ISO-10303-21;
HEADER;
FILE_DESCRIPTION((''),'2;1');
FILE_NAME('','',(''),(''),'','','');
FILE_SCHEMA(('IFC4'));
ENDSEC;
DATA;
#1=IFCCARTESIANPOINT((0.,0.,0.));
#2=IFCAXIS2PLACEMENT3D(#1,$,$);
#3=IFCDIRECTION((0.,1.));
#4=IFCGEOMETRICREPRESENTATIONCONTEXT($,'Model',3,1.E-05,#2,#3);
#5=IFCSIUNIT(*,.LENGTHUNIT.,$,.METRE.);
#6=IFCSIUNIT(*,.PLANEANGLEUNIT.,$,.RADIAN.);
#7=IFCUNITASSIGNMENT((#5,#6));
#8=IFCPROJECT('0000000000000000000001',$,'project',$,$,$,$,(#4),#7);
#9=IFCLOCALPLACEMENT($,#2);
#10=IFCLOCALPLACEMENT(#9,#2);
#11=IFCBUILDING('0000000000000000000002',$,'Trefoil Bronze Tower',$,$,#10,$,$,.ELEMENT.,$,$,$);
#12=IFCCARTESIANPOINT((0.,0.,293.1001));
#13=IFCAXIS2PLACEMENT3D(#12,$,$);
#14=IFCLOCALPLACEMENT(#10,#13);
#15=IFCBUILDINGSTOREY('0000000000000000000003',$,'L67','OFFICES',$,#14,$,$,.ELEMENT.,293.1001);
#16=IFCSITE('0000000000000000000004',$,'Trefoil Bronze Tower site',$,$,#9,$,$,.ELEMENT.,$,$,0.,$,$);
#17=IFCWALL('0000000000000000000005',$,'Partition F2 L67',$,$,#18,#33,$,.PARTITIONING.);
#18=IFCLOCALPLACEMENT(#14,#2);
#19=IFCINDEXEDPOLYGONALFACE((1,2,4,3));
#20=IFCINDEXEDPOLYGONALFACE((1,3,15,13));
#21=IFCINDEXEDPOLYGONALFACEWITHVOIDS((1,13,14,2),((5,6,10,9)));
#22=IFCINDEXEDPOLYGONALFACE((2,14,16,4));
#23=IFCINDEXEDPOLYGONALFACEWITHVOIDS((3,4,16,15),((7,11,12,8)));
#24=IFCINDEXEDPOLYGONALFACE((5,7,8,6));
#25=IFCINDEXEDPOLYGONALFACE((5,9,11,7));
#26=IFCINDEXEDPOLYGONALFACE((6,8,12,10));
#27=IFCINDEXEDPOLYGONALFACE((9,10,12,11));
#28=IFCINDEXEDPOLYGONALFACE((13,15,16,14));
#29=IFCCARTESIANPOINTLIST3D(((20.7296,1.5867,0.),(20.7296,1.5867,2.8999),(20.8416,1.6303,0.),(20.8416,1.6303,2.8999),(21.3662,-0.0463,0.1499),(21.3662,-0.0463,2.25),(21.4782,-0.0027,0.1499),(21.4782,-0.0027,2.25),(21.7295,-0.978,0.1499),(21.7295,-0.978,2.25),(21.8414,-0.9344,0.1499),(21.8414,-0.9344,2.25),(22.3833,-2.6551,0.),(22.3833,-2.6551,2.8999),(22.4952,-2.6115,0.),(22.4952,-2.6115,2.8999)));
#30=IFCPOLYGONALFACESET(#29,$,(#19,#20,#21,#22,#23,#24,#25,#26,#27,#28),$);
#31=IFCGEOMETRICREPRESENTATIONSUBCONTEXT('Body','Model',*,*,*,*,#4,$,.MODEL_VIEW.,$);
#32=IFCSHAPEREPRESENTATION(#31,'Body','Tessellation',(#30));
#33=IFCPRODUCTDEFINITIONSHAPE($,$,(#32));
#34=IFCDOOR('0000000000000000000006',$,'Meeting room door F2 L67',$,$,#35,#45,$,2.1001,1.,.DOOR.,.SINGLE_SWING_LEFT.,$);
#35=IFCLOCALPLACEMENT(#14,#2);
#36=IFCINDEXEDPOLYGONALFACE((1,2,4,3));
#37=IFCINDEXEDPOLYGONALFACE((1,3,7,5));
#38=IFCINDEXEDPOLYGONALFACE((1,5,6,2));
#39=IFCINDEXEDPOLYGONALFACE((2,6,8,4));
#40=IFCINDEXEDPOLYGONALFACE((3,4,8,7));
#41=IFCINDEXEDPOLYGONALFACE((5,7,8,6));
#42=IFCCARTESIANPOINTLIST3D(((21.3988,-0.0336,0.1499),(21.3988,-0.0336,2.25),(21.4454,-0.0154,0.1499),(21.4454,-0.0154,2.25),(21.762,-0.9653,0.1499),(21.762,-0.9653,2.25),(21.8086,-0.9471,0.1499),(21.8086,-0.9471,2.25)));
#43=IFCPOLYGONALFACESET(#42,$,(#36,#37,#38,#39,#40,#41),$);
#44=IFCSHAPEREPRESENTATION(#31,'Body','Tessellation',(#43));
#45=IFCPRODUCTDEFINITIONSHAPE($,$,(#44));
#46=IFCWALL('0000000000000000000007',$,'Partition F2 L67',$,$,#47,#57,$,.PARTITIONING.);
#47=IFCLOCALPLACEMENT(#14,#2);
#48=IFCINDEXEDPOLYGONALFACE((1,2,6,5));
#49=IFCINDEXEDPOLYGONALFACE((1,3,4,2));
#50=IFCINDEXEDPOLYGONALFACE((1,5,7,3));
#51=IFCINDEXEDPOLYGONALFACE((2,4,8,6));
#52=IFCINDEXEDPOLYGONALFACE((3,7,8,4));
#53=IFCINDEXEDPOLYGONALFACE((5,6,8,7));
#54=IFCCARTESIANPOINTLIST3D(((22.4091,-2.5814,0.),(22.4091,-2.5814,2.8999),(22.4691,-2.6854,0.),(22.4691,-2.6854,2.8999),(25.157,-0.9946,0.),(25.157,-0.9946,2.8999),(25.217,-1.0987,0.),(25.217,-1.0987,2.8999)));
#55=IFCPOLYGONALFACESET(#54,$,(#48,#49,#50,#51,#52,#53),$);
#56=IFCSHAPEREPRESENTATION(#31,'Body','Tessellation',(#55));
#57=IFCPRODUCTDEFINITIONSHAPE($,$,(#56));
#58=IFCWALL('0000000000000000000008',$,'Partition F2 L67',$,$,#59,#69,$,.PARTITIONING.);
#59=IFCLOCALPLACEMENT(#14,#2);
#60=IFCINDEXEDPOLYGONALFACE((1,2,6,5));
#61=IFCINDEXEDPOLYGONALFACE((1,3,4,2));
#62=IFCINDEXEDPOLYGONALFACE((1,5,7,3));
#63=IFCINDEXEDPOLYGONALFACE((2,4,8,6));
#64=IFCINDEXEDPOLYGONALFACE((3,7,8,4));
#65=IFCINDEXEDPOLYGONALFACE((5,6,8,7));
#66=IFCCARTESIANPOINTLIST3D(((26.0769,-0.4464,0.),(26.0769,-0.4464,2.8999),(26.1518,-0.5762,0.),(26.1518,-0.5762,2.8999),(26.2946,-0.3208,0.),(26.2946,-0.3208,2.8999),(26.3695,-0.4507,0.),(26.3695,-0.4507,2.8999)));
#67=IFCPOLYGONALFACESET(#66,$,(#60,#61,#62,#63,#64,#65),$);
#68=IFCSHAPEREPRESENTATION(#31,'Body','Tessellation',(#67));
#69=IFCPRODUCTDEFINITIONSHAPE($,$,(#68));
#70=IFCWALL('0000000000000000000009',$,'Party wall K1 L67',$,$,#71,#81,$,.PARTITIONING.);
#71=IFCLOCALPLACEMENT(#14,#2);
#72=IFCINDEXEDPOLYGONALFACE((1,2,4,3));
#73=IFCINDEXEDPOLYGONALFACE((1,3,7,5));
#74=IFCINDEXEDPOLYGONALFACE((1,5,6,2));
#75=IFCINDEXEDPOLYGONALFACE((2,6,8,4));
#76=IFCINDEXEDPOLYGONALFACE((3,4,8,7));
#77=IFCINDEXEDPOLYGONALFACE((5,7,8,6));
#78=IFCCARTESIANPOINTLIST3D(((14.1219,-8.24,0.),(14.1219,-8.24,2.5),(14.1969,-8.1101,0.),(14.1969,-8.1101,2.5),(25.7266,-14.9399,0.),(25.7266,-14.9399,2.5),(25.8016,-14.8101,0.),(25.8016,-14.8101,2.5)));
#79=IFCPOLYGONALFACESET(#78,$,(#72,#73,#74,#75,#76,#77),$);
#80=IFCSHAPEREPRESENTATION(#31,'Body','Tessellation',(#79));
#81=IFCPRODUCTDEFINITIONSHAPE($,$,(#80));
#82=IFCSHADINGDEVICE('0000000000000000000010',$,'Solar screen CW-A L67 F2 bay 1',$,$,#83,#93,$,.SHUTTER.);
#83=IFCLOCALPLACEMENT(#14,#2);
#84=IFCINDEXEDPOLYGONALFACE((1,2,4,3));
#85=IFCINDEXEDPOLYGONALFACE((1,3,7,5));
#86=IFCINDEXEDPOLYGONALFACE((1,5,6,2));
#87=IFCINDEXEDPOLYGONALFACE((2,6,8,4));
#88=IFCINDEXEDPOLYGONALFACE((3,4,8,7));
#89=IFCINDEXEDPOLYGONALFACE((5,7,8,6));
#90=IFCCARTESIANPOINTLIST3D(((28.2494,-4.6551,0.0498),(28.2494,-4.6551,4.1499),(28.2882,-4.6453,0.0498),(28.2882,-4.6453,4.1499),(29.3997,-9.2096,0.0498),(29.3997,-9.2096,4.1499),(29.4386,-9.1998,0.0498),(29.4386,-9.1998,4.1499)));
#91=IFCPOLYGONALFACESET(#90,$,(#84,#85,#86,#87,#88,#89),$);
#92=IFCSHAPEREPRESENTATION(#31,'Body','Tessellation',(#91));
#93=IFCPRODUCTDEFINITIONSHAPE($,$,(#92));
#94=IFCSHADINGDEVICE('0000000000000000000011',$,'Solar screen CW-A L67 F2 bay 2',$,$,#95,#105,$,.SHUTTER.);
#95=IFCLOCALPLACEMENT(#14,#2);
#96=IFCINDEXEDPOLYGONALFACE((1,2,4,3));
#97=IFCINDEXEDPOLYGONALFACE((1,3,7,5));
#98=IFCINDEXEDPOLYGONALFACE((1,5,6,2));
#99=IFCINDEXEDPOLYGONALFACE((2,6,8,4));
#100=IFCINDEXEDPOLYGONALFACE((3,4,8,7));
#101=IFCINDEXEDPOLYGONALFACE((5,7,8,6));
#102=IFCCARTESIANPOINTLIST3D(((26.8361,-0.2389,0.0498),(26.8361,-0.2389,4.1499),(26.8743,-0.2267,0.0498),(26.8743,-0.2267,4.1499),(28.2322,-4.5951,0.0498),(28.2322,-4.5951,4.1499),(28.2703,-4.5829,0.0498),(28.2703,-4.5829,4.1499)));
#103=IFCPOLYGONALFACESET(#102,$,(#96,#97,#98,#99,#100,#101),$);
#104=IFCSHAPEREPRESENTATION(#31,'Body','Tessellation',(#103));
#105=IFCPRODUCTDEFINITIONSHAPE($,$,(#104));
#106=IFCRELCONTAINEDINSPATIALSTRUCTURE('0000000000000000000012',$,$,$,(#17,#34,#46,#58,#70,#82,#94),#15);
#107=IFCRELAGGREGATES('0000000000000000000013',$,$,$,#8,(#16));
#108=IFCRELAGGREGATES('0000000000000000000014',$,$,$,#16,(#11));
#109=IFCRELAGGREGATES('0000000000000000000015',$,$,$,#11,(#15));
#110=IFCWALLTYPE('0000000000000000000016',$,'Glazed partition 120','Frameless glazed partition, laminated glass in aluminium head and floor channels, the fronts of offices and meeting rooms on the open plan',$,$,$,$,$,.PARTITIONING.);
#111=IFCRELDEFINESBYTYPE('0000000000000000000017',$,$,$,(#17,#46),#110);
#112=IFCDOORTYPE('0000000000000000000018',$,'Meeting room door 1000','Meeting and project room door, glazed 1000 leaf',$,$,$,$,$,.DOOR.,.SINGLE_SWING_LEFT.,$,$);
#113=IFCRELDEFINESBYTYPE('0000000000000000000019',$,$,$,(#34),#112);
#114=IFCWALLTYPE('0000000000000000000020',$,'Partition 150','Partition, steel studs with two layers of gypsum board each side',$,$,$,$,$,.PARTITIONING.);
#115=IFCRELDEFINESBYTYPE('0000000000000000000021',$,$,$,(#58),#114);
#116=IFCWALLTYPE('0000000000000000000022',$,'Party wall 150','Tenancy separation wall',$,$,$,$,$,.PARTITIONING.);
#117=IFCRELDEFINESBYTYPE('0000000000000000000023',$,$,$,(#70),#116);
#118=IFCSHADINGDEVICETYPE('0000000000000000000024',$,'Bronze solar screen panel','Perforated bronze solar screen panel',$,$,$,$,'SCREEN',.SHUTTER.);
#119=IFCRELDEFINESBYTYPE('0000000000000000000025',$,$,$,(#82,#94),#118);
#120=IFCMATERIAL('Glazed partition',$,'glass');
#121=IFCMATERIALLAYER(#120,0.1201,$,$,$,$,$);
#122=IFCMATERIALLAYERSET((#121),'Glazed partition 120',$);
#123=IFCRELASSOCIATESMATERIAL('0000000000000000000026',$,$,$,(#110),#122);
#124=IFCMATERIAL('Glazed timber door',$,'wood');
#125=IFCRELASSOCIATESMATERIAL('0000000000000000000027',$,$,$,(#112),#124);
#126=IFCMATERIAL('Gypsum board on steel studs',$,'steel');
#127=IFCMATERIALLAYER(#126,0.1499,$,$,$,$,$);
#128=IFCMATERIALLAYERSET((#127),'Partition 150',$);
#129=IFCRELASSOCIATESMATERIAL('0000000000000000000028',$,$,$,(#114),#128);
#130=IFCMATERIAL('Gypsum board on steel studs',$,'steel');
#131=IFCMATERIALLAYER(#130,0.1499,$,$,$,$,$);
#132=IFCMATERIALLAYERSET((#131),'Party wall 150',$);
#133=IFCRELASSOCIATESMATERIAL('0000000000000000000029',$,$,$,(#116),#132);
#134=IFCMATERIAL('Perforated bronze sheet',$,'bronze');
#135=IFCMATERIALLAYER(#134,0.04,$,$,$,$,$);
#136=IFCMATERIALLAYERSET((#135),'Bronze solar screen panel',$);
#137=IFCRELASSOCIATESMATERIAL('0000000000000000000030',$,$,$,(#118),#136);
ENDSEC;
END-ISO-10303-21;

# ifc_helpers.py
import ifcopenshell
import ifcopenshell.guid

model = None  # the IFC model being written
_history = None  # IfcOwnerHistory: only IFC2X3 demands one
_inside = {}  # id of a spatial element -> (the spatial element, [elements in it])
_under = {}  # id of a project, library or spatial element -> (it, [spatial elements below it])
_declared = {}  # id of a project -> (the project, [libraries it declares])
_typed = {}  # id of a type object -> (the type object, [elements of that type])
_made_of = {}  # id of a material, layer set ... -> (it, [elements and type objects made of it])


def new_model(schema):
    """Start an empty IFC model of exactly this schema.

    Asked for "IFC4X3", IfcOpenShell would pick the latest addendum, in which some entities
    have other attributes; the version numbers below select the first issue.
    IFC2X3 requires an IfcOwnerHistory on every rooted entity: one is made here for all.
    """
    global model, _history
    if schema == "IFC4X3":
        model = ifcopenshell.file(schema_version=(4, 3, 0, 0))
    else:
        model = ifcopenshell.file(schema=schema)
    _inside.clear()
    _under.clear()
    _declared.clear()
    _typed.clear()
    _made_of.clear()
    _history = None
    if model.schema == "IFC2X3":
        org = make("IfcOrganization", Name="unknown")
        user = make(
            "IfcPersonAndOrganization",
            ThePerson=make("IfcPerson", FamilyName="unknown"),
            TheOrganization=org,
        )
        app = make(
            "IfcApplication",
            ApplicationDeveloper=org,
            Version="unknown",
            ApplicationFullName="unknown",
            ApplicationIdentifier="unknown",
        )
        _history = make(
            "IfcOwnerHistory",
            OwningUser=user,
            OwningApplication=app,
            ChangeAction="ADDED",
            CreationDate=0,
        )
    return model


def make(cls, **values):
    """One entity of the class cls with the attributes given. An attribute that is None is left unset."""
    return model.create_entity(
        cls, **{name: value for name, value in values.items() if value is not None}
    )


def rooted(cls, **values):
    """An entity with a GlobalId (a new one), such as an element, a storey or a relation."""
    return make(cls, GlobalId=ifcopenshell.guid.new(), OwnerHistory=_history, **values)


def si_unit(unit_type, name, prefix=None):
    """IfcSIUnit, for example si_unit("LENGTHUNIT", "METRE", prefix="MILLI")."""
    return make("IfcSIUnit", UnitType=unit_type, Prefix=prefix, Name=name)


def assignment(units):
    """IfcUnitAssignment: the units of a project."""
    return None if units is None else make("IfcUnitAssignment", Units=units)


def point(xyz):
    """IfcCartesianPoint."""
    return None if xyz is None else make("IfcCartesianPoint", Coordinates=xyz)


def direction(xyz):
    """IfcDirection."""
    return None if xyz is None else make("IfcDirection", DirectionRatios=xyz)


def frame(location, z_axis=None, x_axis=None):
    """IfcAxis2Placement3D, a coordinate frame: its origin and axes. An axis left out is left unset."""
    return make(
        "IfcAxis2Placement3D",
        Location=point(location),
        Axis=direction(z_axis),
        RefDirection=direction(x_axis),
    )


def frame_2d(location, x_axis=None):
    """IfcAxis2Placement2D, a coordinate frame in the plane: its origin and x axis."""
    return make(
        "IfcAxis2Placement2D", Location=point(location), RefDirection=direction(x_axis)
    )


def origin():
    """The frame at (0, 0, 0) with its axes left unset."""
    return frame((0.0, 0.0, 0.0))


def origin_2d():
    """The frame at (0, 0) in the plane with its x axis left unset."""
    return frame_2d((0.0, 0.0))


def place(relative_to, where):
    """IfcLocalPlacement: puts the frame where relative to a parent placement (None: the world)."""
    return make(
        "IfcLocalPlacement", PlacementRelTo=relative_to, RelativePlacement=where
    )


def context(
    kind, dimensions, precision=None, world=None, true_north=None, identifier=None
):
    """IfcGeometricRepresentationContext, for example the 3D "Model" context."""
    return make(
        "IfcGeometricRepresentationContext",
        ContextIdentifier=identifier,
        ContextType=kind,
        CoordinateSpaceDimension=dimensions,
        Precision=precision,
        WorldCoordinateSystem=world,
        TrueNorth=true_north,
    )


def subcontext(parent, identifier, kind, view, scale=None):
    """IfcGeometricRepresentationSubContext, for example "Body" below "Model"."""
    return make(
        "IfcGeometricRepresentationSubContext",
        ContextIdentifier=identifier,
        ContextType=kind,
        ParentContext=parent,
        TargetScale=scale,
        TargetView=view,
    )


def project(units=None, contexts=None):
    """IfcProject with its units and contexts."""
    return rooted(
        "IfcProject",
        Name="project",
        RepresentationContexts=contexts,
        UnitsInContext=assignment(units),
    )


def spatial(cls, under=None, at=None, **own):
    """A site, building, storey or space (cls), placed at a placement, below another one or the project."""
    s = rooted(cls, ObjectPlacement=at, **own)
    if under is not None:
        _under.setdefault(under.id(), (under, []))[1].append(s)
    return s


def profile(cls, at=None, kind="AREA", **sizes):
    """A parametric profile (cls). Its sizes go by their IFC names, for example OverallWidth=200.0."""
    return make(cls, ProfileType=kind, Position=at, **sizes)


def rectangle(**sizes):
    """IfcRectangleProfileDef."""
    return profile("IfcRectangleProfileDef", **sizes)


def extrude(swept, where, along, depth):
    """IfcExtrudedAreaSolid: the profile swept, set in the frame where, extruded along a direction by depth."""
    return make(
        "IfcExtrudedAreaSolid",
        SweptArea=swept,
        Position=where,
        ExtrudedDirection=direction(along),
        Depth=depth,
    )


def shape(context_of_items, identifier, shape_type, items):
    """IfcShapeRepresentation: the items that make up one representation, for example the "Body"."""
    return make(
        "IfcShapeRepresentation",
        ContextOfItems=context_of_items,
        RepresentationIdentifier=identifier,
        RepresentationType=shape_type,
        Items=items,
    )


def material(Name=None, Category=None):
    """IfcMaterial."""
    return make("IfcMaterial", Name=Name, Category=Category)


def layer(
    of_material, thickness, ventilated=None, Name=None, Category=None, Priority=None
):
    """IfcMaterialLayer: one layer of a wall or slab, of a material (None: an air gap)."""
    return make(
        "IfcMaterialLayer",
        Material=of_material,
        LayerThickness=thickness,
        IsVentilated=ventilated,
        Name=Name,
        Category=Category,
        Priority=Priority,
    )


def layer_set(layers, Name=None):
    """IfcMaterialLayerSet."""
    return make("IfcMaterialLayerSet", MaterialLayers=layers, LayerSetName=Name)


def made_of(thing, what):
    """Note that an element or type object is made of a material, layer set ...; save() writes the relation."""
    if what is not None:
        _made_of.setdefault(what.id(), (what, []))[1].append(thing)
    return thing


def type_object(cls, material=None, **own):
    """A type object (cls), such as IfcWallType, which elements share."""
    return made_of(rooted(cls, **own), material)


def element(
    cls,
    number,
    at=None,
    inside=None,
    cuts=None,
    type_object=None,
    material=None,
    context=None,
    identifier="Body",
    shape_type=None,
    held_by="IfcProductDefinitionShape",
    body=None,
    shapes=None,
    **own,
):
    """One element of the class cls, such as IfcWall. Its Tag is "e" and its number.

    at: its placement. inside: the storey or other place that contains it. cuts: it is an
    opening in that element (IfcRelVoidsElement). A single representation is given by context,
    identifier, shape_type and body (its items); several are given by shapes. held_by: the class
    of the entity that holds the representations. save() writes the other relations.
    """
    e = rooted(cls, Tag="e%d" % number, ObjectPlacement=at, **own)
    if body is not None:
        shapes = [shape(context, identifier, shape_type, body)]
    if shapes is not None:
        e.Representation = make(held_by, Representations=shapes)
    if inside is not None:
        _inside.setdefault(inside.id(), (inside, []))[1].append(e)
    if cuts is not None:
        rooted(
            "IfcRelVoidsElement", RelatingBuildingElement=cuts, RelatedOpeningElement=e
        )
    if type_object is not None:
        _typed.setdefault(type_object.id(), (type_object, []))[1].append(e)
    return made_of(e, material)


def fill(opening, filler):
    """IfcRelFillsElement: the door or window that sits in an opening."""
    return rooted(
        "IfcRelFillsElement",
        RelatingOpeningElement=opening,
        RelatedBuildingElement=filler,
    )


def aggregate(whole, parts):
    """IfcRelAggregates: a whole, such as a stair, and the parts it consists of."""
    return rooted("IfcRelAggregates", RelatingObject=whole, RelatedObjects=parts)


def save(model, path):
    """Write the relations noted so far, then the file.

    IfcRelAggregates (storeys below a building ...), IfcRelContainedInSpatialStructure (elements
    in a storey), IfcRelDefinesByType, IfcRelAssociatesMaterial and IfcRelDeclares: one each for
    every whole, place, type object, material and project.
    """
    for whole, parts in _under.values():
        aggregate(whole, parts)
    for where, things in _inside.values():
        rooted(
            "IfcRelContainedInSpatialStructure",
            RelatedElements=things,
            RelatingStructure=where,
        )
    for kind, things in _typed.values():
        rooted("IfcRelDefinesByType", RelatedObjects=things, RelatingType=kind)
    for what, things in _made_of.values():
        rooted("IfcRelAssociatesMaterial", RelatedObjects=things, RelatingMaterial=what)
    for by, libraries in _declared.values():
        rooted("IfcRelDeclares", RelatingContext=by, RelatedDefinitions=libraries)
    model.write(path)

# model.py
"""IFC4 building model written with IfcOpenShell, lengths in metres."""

from ifc_helpers import new_model, si_unit, direction, frame, frame_2d, origin, origin_2d, place, context, subcontext, project, spatial, rectangle, extrude, material, layer, layer_set, type_object, element, fill, save


model = new_model("IFC4")

# Units and contexts
model_context = context("Model", 3, precision=1e-05, world=origin(), true_north=direction((0.0, 1.0)))
body_context = subcontext(model_context, "Body", "Model", "MODEL_VIEW")
ifc_project = project(units=[si_unit("LENGTHUNIT", "METRE"), si_unit("PLANEANGLEUNIT", "RADIAN")], contexts=[model_context])

# Site, building, storey
site_placement = place(None, origin())
site = spatial("IfcSite", under=ifc_project, at=site_placement, Name="Trefoil Bronze Tower site", CompositionType="ELEMENT", RefElevation=0.0)
building_placement = place(site_placement, origin())
building = spatial("IfcBuilding", under=site, at=building_placement, Name="Trefoil Bronze Tower", CompositionType="ELEMENT")
storey_placement = place(building_placement, frame((0.0, 0.0, 293.1001)))
storey = spatial("IfcBuildingStorey", under=building, at=storey_placement, Name="L67", Description="OFFICES", CompositionType="ELEMENT", Elevation=293.1001)

# Wall, opening, door
ifc_material_1 = material(Name="Glazed partition", Category="glass")
ifc_layer_1 = layer(ifc_material_1, 0.1201)
ifc_layer_set_1 = layer_set([ifc_layer_1], Name="Glazed partition 120")
wall_type_1 = type_object("IfcWallType", Name="Glazed partition 120", Description="Frameless glazed partition, laminated glass in aluminium head and floor channels, the fronts of offices and meeting rooms on the open plan", PredefinedType="PARTITIONING", material=ifc_layer_set_1)
wall_1_placement = place(storey_placement, frame((22.4392, -2.6333, 0.0), z_axis=(0.0, 0.0, 1.0), x_axis=(-0.363212, 0.931706, 0.0)))
wall_1 = element("IfcWall", 1, at=wall_1_placement, inside=storey, type_object=wall_type_1, Name="Partition F2 L67", PredefinedType="PARTITIONING", context=body_context, shape_type="SweptSolid", body=[
    extrude(rectangle(XDim=4.5527, YDim=0.1201, at=frame_2d((2.2764, 0.0))), origin(), (0.0, 0.0, 1.0), 2.8999),
])
opening_1_placement = place(wall_1_placement, frame((1.8, 0.0, 0.1499)))
opening_1 = element("IfcOpeningElement", 2, at=opening_1_placement, cuts=wall_1, PredefinedType="OPENING", context=body_context, shape_type="SweptSolid", body=[
    extrude(rectangle(XDim=1.0, YDim=2.1001, at=frame_2d((0.5, 1.05))), frame((0.0, 0.0701, 0.0), z_axis=(0.0, -1.0, 0.0), x_axis=(1.0, 0.0, 0.0)), (0.0, 0.0, 1.0), 0.1401),
])
ifc_material_2 = material(Name="Glazed timber door", Category="wood")
door_type_1 = type_object("IfcDoorType", Name="Meeting room door 1000", Description="Meeting and project room door, glazed 1000 leaf", OperationType="SINGLE_SWING_LEFT", PredefinedType="DOOR", material=ifc_material_2)
door_1_placement = place(opening_1_placement, frame((1.0, 0.0, 0.0), z_axis=(0.0, 0.0, 1.0), x_axis=(-1.0, 0.0, 0.0)))
door_1 = element("IfcDoor", 3, at=door_1_placement, inside=storey, type_object=door_type_1, Name="Meeting room door F2 L67", OperationType="SINGLE_SWING_LEFT", OverallHeight=2.1001, OverallWidth=1.0, PredefinedType="DOOR", context=body_context, shape_type="SweptSolid", body=[
    extrude(rectangle(XDim=1.0, YDim=2.1001, at=frame_2d((0.5, 1.05))), frame((0.0, 0.0249, 0.0), z_axis=(0.0, -1.0, 0.0), x_axis=(1.0, 0.0, 0.0)), (0.0, 0.0, 1.0), 0.05),
])
fill(opening_1, door_1)

# Walls
wall_2_placement = place(storey_placement, frame((22.4392, -2.6333, 0.0), z_axis=(0.0, 0.0, 1.0), x_axis=(0.865995, 0.500053, 0.0)))
element("IfcWall", 4, at=wall_2_placement, inside=storey, type_object=wall_type_1, Name="Partition F2 L67", PredefinedType="PARTITIONING", context=body_context, shape_type="SweptSolid", body=[
    extrude(rectangle(XDim=3.1731, YDim=0.1201, at=frame_2d((1.5864, 0.0))), origin(), (0.0, 0.0, 1.0), 2.8999),
])
ifc_material_3 = material(Name="Gypsum board on steel studs", Category="steel")
ifc_layer_2 = layer(ifc_material_3, 0.1499)
ifc_layer_set_2 = layer_set([ifc_layer_2], Name="Partition 150")
wall_type_2 = type_object("IfcWallType", Name="Partition 150", Description="Partition, steel studs with two layers of gypsum board each side", PredefinedType="PARTITIONING", material=ifc_layer_set_2)
wall_3_placement = place(storey_placement, frame((26.1145, -0.5112, 0.0), z_axis=(0.0, 0.0, 1.0), x_axis=(0.866202, 0.499694, 0.0)))
element("IfcWall", 5, at=wall_3_placement, inside=storey, type_object=wall_type_2, Name="Partition F2 L67", PredefinedType="PARTITIONING", context=body_context, shape_type="SweptSolid", body=[
    extrude(rectangle(XDim=0.2512, YDim=0.1499, at=frame_2d((0.1255, 0.0))), origin(), (0.0, 0.0, 1.0), 2.8999),
])
ifc_material_4 = material(Name="Gypsum board on steel studs", Category="steel")
ifc_layer_3 = layer(ifc_material_4, 0.1499)
ifc_layer_set_3 = layer_set([ifc_layer_3], Name="Party wall 150")
wall_type_3 = type_object("IfcWallType", Name="Party wall 150", Description="Tenancy separation wall", PredefinedType="PARTITIONING", material=ifc_layer_set_3)
wall_4_placement = place(storey_placement, frame((14.1594, -8.175, 0.0), z_axis=(0.0, 0.0, 1.0), x_axis=(0.866027, -0.499997, 0.0)))
element("IfcWall", 6, at=wall_4_placement, inside=storey, type_object=wall_type_3, Name="Party wall K1 L67", PredefinedType="PARTITIONING", context=body_context, shape_type="SweptSolid", body=[
    extrude(rectangle(XDim=13.3999, YDim=0.1499, at=frame_2d((6.7, 0.0))), origin(), (0.0, 0.0, 1.0), 2.5),
])

# Shading devices
ifc_material_5 = material(Name="Perforated bronze sheet", Category="bronze")
ifc_layer_4 = layer(ifc_material_5, 0.04)
ifc_layer_set_4 = layer_set([ifc_layer_4], Name="Bronze solar screen panel")
shading_device_type = type_object("IfcShadingDeviceType", Name="Bronze solar screen panel", Description="Perforated bronze solar screen panel", ElementType="SCREEN", PredefinedType="SHUTTER", material=ifc_layer_set_4)
shading_device_1_placement = place(storey_placement, frame((28.844, -6.9275, 0.0498), z_axis=(0.0, 0.0, 1.0), x_axis=(-0.24488, 0.969554, 0.0)))
element("IfcShadingDevice", 7, at=shading_device_1_placement, inside=storey, type_object=shading_device_type, Name="Solar screen CW-A L67 F2 bay 1", PredefinedType="SHUTTER", context=body_context, shape_type="SweptSolid", body=[
    extrude(rectangle(XDim=4.6975, YDim=0.04, at=origin_2d()), origin(), (0.0, 0.0, 1.0), 4.1001),
])
shading_device_2_placement = place(storey_placement, frame((27.5532, -2.4109, 0.0498), z_axis=(0.0, 0.0, 1.0), x_axis=(-0.305188, 0.952292, 0.0)))
element("IfcShadingDevice", 8, at=shading_device_2_placement, inside=storey, type_object=shading_device_type, Name="Solar screen CW-A L67 F2 bay 2", PredefinedType="SHUTTER", context=body_context, shape_type="SweptSolid", body=[
    extrude(rectangle(XDim=4.5745, YDim=0.04, at=origin_2d()), origin(), (0.0, 0.0, 1.0), 4.1001),
])

save(model, "model.ifc")
